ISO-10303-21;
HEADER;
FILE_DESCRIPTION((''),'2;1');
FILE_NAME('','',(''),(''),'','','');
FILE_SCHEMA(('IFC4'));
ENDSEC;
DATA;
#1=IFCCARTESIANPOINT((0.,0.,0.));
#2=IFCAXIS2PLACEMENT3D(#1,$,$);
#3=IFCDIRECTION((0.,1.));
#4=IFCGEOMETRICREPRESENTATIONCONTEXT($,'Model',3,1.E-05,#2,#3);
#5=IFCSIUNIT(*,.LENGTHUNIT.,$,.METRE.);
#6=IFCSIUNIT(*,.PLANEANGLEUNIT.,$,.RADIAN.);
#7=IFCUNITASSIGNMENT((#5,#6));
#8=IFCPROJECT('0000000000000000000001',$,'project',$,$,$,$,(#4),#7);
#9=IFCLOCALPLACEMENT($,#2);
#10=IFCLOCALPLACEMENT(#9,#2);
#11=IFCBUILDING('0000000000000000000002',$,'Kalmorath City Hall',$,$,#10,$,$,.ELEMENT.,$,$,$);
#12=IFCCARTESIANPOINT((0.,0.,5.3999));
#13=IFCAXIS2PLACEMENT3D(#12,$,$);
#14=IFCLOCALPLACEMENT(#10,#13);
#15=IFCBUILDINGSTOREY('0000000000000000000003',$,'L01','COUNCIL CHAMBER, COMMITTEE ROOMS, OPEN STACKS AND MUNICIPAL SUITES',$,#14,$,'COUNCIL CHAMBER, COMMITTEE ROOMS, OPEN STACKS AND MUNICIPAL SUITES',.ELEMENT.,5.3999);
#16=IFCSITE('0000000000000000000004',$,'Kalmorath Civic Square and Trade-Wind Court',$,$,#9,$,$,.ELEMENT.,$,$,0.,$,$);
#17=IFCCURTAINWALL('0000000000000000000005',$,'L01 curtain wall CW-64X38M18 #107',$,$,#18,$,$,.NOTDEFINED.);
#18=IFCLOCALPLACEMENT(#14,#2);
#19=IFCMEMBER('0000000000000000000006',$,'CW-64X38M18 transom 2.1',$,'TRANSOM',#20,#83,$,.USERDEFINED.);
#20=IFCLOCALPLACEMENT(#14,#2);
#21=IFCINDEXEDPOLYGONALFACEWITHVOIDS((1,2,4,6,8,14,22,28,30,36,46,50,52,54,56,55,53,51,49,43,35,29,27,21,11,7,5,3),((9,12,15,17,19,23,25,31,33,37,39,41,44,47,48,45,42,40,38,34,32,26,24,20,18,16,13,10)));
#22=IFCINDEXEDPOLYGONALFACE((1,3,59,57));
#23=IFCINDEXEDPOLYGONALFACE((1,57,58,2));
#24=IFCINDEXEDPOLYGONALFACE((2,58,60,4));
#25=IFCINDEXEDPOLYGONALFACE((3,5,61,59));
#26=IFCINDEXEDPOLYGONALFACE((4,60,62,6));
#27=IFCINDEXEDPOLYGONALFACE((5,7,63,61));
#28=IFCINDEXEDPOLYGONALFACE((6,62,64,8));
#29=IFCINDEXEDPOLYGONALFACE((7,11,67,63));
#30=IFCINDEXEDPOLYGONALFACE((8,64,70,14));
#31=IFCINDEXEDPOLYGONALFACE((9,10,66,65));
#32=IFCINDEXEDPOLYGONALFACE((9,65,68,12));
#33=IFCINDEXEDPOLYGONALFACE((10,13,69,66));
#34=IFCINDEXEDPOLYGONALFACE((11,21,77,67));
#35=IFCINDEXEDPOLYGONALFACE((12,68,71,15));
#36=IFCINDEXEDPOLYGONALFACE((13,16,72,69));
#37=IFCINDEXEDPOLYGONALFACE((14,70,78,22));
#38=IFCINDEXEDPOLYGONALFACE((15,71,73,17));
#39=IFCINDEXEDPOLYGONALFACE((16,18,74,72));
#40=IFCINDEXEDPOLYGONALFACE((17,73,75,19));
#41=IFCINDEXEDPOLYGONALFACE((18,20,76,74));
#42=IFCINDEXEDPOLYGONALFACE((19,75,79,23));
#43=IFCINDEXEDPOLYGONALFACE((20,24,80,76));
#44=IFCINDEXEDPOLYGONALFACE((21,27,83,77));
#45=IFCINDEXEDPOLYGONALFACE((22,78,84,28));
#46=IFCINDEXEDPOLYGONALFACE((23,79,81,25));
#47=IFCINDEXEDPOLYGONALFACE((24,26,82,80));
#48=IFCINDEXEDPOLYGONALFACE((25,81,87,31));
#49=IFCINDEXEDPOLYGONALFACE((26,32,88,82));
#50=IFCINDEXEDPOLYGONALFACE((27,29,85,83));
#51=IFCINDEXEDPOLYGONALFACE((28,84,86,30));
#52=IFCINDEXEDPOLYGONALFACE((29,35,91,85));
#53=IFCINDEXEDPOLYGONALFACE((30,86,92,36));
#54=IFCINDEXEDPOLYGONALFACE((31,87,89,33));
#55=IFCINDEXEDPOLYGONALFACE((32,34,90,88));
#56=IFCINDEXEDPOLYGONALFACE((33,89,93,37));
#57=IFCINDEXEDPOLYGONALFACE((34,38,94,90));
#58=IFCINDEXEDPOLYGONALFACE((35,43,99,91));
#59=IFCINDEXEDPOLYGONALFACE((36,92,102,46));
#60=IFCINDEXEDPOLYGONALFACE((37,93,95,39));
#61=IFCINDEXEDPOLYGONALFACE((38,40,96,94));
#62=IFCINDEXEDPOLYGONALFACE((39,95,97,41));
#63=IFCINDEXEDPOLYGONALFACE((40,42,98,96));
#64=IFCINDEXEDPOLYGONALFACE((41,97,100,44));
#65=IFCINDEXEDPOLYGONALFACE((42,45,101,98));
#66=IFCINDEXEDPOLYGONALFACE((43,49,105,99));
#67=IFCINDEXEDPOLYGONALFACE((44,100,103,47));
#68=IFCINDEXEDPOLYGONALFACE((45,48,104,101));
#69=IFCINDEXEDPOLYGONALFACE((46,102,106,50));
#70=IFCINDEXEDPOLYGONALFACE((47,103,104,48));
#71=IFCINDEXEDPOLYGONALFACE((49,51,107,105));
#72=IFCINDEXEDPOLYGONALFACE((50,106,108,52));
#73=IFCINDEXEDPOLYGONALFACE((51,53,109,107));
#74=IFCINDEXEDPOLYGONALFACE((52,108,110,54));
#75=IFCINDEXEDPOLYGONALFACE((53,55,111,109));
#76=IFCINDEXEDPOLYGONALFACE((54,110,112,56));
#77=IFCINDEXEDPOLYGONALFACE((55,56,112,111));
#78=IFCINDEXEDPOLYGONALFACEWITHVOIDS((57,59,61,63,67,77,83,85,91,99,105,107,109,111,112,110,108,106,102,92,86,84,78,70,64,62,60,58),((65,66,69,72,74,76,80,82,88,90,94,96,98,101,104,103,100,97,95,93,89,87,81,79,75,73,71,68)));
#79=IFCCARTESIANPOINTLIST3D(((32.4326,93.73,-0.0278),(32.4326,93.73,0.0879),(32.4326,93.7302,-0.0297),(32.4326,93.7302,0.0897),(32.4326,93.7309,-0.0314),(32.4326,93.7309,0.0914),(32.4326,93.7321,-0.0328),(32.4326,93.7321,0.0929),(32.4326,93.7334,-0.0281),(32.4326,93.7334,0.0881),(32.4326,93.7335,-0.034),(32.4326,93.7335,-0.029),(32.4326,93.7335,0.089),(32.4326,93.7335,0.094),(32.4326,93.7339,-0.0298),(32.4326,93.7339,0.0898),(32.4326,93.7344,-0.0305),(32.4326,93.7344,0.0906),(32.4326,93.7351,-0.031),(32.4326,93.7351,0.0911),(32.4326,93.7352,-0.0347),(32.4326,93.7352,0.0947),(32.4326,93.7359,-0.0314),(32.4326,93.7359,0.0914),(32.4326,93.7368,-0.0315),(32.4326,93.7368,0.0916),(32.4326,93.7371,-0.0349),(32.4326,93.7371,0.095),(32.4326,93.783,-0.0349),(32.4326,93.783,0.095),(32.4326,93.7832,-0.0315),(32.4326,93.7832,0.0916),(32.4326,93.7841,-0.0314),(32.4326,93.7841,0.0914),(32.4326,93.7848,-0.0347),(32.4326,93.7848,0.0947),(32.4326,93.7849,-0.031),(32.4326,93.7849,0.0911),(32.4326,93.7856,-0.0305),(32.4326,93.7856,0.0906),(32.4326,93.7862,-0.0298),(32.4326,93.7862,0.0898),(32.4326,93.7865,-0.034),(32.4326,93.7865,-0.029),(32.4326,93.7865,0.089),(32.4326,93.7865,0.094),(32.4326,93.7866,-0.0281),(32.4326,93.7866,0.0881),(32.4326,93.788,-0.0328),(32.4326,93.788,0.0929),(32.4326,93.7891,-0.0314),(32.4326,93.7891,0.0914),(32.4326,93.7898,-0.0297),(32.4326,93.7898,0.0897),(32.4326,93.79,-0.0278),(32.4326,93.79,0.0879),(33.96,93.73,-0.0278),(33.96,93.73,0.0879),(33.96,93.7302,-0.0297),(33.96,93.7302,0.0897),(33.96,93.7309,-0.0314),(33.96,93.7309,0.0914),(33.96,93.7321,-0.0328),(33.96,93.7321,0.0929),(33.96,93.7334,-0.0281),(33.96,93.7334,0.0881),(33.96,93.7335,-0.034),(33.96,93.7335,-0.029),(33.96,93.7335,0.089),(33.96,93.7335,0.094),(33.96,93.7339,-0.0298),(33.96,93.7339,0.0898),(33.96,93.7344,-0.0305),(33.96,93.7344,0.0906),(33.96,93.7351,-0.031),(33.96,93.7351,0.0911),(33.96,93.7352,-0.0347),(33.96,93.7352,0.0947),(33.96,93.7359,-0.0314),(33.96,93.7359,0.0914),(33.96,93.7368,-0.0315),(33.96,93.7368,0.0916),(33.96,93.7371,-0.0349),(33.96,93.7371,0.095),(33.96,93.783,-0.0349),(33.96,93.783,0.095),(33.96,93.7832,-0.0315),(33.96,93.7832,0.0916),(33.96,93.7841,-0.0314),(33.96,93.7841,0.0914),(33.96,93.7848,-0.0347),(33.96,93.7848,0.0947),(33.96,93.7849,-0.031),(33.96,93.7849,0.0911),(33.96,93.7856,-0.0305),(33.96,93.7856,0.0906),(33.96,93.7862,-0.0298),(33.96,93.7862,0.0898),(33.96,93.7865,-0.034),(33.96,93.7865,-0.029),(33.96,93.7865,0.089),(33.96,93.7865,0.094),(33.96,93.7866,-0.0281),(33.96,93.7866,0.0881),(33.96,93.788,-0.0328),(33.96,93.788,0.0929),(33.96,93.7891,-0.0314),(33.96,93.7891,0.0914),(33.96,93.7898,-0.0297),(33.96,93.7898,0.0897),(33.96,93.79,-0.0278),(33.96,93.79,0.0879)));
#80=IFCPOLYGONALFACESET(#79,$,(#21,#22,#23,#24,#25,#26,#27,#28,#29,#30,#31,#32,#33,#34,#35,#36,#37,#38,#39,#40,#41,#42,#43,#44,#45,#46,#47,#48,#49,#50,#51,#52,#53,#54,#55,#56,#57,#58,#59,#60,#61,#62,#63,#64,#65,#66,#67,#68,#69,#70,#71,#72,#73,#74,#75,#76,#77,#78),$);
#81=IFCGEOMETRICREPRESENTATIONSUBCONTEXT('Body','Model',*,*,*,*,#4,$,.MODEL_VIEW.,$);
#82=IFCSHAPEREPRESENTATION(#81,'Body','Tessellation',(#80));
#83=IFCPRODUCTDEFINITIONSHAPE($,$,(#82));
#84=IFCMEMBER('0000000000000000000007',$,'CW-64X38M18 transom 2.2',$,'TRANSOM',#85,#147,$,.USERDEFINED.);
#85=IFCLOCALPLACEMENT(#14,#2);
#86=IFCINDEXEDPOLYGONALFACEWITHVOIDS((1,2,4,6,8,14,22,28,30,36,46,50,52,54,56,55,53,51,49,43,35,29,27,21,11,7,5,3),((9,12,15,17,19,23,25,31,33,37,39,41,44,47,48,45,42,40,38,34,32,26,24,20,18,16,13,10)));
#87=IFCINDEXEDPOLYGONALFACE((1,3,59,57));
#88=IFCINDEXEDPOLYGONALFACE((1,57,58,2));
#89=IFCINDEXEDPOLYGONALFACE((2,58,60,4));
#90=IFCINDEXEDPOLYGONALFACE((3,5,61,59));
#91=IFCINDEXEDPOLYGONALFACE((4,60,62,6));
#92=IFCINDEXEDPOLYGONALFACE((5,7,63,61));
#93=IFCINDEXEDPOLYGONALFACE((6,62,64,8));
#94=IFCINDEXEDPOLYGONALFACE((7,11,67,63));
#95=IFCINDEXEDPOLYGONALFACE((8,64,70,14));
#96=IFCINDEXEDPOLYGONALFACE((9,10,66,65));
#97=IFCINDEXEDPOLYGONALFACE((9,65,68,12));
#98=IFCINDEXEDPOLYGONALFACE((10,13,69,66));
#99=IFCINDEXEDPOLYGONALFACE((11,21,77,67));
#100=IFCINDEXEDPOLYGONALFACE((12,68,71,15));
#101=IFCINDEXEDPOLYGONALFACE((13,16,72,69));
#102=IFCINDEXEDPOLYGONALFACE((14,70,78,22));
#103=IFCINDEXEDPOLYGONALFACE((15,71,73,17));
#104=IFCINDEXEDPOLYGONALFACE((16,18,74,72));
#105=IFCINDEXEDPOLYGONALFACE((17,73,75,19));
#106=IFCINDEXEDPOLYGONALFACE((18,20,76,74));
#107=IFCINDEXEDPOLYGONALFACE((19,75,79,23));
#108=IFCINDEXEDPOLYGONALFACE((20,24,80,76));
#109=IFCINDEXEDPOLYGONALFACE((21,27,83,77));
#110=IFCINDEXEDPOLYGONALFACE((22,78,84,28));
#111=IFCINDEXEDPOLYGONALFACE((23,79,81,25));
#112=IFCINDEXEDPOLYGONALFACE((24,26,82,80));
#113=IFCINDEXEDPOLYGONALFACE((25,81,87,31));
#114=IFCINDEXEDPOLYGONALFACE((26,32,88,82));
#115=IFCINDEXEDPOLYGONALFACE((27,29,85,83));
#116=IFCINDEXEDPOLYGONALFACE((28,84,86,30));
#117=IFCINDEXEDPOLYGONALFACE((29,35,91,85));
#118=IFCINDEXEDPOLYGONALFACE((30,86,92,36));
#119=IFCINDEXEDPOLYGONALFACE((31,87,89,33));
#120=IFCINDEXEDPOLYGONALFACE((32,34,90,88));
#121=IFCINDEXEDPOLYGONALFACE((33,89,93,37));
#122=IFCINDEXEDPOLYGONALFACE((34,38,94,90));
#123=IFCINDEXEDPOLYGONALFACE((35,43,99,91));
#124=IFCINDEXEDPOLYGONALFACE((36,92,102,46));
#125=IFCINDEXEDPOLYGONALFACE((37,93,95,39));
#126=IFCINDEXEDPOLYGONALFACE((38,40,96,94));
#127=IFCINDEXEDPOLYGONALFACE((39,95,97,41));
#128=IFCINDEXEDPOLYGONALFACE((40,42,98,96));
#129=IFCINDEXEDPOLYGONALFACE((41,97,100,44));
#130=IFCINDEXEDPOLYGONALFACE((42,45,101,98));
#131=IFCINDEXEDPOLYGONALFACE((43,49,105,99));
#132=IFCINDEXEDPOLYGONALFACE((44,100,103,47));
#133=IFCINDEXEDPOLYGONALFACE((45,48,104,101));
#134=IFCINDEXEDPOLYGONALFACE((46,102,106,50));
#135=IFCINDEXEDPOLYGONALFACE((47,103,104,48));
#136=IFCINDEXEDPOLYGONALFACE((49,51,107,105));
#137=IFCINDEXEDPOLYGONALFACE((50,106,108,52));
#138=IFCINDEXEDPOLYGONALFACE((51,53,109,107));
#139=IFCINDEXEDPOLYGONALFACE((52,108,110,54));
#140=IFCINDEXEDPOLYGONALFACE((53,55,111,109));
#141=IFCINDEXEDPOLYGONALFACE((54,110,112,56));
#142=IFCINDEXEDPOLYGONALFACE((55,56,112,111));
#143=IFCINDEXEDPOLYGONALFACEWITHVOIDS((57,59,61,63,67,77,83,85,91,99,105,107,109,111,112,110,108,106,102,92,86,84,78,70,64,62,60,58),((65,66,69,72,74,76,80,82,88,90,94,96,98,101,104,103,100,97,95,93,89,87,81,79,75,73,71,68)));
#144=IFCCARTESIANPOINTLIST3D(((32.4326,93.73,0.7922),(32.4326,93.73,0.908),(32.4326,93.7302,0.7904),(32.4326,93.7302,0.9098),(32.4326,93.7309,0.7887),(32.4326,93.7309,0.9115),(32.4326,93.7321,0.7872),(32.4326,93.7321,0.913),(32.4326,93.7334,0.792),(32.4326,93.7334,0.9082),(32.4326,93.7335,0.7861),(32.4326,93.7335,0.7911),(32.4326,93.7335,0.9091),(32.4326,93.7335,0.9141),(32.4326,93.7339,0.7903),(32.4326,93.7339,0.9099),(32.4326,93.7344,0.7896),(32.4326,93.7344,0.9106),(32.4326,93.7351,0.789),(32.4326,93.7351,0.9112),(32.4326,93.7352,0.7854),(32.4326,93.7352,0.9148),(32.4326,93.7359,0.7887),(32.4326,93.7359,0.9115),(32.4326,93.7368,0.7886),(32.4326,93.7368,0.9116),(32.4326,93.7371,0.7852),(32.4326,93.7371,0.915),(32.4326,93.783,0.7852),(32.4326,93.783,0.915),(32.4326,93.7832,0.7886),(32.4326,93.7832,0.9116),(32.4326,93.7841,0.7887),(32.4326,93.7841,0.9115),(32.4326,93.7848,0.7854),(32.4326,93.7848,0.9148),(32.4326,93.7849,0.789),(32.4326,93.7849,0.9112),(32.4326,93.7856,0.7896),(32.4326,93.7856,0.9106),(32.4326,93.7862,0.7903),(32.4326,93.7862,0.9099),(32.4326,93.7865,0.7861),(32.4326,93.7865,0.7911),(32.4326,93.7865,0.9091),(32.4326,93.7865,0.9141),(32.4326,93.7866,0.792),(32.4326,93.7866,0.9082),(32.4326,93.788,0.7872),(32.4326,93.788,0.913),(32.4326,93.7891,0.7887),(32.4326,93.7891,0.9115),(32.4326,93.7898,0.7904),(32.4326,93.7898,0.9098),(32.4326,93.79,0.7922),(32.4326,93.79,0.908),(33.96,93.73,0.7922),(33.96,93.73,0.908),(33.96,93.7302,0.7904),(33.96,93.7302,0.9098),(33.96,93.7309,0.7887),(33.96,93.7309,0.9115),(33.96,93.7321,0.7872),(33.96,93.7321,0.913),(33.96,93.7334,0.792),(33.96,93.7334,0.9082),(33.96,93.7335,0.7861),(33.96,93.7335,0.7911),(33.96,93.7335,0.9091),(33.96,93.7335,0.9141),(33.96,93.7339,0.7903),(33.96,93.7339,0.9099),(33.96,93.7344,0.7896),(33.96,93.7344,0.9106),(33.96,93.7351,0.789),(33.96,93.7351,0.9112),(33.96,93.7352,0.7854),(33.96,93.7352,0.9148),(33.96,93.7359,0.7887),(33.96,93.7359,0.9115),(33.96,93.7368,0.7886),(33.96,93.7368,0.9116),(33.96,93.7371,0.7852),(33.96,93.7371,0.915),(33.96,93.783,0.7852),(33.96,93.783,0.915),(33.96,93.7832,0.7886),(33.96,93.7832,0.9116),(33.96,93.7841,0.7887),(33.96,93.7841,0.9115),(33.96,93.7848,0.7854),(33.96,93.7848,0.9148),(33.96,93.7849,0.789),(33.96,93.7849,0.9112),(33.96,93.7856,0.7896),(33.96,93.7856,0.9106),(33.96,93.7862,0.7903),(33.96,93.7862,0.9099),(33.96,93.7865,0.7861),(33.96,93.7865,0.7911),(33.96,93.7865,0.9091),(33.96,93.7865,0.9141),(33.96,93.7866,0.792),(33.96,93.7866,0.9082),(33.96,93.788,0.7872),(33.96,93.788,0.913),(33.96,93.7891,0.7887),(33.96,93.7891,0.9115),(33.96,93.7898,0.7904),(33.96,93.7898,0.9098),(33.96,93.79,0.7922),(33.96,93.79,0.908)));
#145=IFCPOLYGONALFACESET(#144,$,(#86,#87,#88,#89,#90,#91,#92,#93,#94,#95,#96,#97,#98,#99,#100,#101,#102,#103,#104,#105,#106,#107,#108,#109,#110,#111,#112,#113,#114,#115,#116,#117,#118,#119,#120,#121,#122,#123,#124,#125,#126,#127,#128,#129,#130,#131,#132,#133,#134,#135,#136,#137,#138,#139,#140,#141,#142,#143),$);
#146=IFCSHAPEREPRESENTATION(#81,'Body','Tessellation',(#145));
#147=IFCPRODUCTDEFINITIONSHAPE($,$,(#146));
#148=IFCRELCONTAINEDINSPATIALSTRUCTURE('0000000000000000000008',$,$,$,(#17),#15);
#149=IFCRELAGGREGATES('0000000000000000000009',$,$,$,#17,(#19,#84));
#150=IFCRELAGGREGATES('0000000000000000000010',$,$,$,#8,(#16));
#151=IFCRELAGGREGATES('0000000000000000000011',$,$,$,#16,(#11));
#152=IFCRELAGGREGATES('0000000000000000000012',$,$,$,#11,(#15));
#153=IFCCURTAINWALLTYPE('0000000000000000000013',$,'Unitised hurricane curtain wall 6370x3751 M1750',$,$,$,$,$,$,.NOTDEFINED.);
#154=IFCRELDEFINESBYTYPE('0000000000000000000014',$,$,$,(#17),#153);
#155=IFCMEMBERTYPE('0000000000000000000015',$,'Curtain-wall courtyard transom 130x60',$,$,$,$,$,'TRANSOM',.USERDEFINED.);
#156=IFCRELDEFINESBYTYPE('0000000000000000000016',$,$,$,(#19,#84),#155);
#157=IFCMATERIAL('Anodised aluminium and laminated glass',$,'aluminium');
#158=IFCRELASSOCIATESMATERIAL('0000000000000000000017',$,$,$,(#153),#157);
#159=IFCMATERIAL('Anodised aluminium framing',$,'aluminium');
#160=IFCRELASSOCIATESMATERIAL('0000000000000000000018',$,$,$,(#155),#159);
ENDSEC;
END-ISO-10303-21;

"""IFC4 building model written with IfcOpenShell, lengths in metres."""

from ifc_helpers import new_model, si_unit, direction, frame, origin, origin_2d, place, context, subcontext, project, spatial, hollow_rectangle, extrude, material, material_profile, profile_set, type_object, element, aggregate, save


model = new_model("IFC4")

# Units and contexts
model_context = context("Model", 3, precision=1e-05, world=origin(), true_north=direction((0.0, 1.0)))
body_context = subcontext(model_context, "Body", "Model", "MODEL_VIEW")
ifc_project = project(units=[si_unit("LENGTHUNIT", "METRE"), si_unit("PLANEANGLEUNIT", "RADIAN")], contexts=[model_context])

# Site, building, storey
site_placement = place(None, origin())
site = spatial("IfcSite", under=ifc_project, at=site_placement, Name="Kalmorath Civic Square and Trade-Wind Court", CompositionType="ELEMENT", RefElevation=0.0)
building_placement = place(site_placement, origin())
building = spatial("IfcBuilding", under=site, at=building_placement, Name="Kalmorath City Hall", CompositionType="ELEMENT")
storey_placement = place(building_placement, frame((0.0, 0.0, 5.3999)))
storey = spatial("IfcBuildingStorey", under=building, at=storey_placement, Name="L01", Description="COUNCIL CHAMBER, COMMITTEE ROOMS, OPEN STACKS AND MUNICIPAL SUITES", LongName="COUNCIL CHAMBER, COMMITTEE ROOMS, OPEN STACKS AND MUNICIPAL SUITES", CompositionType="ELEMENT", Elevation=5.3999)

# Curtain wall
ifc_material_1 = material(Name="Anodised aluminium and laminated glass", Category="aluminium")
curtain_wall_type_1 = type_object("IfcCurtainWallType", Name="Unitised hurricane curtain wall 6370x3751 M1750", PredefinedType="NOTDEFINED", material=ifc_material_1)
curtain_wall_1_placement = place(storey_placement, origin())
curtain_wall_1 = element("IfcCurtainWall", 1, at=curtain_wall_1_placement, inside=storey, type_object=curtain_wall_type_1, Name="L01 curtain wall CW-64X38M18 #107", PredefinedType="NOTDEFINED")

# Members
ifc_material_2 = material(Name="Anodised aluminium framing", Category="aluminium")
ifc_material_profile_1 = material_profile(ifc_material_2, hollow_rectangle(XDim=0.0601, YDim=0.1299, WallThickness=0.0034, InnerFilletRadius=0.0034, OuterFilletRadius=0.0071, at=origin_2d()), Name="ALU-TRN-130X60X3.5")
ifc_profile_set_1 = profile_set([ifc_material_profile_1], Name="Anodised aluminium framing")
member_type_1 = type_object("IfcMemberType", Name="Curtain-wall courtyard transom 130x60", ElementType="TRANSOM", PredefinedType="USERDEFINED", material=ifc_profile_set_1)
member_1_placement = place(storey_placement, frame((33.96, 93.76, 0.03), z_axis=(-1.0, 0.0, 0.0), x_axis=(0.0, -1.0, 0.0)))
member_1 = element("IfcMember", 2, at=member_1_placement, type_object=member_type_1, Name="CW-64X38M18 transom 2.1", ObjectType="TRANSOM", PredefinedType="USERDEFINED", context=body_context, shape_type="SweptSolid", body=[
    extrude(hollow_rectangle(XDim=0.0601, YDim=0.1299, WallThickness=0.0034, InnerFilletRadius=0.0034, OuterFilletRadius=0.0071, at=origin_2d()), origin(), (0.0, 0.0, 1.0), 1.5273),
])
member_2_placement = place(storey_placement, frame((33.96, 93.76, 0.8501), z_axis=(-1.0, 0.0, 0.0), x_axis=(0.0, -1.0, 0.0)))
member_2 = element("IfcMember", 3, at=member_2_placement, type_object=member_type_1, Name="CW-64X38M18 transom 2.2", ObjectType="TRANSOM", PredefinedType="USERDEFINED", context=body_context, shape_type="SweptSolid", body=[
    extrude(hollow_rectangle(XDim=0.0601, YDim=0.1299, WallThickness=0.0034, InnerFilletRadius=0.0034, OuterFilletRadius=0.0071, at=origin_2d()), origin(), (0.0, 0.0, 1.0), 1.5273),
])

aggregate(curtain_wall_1, [member_1, member_2])

save(model, "model.ifc")
